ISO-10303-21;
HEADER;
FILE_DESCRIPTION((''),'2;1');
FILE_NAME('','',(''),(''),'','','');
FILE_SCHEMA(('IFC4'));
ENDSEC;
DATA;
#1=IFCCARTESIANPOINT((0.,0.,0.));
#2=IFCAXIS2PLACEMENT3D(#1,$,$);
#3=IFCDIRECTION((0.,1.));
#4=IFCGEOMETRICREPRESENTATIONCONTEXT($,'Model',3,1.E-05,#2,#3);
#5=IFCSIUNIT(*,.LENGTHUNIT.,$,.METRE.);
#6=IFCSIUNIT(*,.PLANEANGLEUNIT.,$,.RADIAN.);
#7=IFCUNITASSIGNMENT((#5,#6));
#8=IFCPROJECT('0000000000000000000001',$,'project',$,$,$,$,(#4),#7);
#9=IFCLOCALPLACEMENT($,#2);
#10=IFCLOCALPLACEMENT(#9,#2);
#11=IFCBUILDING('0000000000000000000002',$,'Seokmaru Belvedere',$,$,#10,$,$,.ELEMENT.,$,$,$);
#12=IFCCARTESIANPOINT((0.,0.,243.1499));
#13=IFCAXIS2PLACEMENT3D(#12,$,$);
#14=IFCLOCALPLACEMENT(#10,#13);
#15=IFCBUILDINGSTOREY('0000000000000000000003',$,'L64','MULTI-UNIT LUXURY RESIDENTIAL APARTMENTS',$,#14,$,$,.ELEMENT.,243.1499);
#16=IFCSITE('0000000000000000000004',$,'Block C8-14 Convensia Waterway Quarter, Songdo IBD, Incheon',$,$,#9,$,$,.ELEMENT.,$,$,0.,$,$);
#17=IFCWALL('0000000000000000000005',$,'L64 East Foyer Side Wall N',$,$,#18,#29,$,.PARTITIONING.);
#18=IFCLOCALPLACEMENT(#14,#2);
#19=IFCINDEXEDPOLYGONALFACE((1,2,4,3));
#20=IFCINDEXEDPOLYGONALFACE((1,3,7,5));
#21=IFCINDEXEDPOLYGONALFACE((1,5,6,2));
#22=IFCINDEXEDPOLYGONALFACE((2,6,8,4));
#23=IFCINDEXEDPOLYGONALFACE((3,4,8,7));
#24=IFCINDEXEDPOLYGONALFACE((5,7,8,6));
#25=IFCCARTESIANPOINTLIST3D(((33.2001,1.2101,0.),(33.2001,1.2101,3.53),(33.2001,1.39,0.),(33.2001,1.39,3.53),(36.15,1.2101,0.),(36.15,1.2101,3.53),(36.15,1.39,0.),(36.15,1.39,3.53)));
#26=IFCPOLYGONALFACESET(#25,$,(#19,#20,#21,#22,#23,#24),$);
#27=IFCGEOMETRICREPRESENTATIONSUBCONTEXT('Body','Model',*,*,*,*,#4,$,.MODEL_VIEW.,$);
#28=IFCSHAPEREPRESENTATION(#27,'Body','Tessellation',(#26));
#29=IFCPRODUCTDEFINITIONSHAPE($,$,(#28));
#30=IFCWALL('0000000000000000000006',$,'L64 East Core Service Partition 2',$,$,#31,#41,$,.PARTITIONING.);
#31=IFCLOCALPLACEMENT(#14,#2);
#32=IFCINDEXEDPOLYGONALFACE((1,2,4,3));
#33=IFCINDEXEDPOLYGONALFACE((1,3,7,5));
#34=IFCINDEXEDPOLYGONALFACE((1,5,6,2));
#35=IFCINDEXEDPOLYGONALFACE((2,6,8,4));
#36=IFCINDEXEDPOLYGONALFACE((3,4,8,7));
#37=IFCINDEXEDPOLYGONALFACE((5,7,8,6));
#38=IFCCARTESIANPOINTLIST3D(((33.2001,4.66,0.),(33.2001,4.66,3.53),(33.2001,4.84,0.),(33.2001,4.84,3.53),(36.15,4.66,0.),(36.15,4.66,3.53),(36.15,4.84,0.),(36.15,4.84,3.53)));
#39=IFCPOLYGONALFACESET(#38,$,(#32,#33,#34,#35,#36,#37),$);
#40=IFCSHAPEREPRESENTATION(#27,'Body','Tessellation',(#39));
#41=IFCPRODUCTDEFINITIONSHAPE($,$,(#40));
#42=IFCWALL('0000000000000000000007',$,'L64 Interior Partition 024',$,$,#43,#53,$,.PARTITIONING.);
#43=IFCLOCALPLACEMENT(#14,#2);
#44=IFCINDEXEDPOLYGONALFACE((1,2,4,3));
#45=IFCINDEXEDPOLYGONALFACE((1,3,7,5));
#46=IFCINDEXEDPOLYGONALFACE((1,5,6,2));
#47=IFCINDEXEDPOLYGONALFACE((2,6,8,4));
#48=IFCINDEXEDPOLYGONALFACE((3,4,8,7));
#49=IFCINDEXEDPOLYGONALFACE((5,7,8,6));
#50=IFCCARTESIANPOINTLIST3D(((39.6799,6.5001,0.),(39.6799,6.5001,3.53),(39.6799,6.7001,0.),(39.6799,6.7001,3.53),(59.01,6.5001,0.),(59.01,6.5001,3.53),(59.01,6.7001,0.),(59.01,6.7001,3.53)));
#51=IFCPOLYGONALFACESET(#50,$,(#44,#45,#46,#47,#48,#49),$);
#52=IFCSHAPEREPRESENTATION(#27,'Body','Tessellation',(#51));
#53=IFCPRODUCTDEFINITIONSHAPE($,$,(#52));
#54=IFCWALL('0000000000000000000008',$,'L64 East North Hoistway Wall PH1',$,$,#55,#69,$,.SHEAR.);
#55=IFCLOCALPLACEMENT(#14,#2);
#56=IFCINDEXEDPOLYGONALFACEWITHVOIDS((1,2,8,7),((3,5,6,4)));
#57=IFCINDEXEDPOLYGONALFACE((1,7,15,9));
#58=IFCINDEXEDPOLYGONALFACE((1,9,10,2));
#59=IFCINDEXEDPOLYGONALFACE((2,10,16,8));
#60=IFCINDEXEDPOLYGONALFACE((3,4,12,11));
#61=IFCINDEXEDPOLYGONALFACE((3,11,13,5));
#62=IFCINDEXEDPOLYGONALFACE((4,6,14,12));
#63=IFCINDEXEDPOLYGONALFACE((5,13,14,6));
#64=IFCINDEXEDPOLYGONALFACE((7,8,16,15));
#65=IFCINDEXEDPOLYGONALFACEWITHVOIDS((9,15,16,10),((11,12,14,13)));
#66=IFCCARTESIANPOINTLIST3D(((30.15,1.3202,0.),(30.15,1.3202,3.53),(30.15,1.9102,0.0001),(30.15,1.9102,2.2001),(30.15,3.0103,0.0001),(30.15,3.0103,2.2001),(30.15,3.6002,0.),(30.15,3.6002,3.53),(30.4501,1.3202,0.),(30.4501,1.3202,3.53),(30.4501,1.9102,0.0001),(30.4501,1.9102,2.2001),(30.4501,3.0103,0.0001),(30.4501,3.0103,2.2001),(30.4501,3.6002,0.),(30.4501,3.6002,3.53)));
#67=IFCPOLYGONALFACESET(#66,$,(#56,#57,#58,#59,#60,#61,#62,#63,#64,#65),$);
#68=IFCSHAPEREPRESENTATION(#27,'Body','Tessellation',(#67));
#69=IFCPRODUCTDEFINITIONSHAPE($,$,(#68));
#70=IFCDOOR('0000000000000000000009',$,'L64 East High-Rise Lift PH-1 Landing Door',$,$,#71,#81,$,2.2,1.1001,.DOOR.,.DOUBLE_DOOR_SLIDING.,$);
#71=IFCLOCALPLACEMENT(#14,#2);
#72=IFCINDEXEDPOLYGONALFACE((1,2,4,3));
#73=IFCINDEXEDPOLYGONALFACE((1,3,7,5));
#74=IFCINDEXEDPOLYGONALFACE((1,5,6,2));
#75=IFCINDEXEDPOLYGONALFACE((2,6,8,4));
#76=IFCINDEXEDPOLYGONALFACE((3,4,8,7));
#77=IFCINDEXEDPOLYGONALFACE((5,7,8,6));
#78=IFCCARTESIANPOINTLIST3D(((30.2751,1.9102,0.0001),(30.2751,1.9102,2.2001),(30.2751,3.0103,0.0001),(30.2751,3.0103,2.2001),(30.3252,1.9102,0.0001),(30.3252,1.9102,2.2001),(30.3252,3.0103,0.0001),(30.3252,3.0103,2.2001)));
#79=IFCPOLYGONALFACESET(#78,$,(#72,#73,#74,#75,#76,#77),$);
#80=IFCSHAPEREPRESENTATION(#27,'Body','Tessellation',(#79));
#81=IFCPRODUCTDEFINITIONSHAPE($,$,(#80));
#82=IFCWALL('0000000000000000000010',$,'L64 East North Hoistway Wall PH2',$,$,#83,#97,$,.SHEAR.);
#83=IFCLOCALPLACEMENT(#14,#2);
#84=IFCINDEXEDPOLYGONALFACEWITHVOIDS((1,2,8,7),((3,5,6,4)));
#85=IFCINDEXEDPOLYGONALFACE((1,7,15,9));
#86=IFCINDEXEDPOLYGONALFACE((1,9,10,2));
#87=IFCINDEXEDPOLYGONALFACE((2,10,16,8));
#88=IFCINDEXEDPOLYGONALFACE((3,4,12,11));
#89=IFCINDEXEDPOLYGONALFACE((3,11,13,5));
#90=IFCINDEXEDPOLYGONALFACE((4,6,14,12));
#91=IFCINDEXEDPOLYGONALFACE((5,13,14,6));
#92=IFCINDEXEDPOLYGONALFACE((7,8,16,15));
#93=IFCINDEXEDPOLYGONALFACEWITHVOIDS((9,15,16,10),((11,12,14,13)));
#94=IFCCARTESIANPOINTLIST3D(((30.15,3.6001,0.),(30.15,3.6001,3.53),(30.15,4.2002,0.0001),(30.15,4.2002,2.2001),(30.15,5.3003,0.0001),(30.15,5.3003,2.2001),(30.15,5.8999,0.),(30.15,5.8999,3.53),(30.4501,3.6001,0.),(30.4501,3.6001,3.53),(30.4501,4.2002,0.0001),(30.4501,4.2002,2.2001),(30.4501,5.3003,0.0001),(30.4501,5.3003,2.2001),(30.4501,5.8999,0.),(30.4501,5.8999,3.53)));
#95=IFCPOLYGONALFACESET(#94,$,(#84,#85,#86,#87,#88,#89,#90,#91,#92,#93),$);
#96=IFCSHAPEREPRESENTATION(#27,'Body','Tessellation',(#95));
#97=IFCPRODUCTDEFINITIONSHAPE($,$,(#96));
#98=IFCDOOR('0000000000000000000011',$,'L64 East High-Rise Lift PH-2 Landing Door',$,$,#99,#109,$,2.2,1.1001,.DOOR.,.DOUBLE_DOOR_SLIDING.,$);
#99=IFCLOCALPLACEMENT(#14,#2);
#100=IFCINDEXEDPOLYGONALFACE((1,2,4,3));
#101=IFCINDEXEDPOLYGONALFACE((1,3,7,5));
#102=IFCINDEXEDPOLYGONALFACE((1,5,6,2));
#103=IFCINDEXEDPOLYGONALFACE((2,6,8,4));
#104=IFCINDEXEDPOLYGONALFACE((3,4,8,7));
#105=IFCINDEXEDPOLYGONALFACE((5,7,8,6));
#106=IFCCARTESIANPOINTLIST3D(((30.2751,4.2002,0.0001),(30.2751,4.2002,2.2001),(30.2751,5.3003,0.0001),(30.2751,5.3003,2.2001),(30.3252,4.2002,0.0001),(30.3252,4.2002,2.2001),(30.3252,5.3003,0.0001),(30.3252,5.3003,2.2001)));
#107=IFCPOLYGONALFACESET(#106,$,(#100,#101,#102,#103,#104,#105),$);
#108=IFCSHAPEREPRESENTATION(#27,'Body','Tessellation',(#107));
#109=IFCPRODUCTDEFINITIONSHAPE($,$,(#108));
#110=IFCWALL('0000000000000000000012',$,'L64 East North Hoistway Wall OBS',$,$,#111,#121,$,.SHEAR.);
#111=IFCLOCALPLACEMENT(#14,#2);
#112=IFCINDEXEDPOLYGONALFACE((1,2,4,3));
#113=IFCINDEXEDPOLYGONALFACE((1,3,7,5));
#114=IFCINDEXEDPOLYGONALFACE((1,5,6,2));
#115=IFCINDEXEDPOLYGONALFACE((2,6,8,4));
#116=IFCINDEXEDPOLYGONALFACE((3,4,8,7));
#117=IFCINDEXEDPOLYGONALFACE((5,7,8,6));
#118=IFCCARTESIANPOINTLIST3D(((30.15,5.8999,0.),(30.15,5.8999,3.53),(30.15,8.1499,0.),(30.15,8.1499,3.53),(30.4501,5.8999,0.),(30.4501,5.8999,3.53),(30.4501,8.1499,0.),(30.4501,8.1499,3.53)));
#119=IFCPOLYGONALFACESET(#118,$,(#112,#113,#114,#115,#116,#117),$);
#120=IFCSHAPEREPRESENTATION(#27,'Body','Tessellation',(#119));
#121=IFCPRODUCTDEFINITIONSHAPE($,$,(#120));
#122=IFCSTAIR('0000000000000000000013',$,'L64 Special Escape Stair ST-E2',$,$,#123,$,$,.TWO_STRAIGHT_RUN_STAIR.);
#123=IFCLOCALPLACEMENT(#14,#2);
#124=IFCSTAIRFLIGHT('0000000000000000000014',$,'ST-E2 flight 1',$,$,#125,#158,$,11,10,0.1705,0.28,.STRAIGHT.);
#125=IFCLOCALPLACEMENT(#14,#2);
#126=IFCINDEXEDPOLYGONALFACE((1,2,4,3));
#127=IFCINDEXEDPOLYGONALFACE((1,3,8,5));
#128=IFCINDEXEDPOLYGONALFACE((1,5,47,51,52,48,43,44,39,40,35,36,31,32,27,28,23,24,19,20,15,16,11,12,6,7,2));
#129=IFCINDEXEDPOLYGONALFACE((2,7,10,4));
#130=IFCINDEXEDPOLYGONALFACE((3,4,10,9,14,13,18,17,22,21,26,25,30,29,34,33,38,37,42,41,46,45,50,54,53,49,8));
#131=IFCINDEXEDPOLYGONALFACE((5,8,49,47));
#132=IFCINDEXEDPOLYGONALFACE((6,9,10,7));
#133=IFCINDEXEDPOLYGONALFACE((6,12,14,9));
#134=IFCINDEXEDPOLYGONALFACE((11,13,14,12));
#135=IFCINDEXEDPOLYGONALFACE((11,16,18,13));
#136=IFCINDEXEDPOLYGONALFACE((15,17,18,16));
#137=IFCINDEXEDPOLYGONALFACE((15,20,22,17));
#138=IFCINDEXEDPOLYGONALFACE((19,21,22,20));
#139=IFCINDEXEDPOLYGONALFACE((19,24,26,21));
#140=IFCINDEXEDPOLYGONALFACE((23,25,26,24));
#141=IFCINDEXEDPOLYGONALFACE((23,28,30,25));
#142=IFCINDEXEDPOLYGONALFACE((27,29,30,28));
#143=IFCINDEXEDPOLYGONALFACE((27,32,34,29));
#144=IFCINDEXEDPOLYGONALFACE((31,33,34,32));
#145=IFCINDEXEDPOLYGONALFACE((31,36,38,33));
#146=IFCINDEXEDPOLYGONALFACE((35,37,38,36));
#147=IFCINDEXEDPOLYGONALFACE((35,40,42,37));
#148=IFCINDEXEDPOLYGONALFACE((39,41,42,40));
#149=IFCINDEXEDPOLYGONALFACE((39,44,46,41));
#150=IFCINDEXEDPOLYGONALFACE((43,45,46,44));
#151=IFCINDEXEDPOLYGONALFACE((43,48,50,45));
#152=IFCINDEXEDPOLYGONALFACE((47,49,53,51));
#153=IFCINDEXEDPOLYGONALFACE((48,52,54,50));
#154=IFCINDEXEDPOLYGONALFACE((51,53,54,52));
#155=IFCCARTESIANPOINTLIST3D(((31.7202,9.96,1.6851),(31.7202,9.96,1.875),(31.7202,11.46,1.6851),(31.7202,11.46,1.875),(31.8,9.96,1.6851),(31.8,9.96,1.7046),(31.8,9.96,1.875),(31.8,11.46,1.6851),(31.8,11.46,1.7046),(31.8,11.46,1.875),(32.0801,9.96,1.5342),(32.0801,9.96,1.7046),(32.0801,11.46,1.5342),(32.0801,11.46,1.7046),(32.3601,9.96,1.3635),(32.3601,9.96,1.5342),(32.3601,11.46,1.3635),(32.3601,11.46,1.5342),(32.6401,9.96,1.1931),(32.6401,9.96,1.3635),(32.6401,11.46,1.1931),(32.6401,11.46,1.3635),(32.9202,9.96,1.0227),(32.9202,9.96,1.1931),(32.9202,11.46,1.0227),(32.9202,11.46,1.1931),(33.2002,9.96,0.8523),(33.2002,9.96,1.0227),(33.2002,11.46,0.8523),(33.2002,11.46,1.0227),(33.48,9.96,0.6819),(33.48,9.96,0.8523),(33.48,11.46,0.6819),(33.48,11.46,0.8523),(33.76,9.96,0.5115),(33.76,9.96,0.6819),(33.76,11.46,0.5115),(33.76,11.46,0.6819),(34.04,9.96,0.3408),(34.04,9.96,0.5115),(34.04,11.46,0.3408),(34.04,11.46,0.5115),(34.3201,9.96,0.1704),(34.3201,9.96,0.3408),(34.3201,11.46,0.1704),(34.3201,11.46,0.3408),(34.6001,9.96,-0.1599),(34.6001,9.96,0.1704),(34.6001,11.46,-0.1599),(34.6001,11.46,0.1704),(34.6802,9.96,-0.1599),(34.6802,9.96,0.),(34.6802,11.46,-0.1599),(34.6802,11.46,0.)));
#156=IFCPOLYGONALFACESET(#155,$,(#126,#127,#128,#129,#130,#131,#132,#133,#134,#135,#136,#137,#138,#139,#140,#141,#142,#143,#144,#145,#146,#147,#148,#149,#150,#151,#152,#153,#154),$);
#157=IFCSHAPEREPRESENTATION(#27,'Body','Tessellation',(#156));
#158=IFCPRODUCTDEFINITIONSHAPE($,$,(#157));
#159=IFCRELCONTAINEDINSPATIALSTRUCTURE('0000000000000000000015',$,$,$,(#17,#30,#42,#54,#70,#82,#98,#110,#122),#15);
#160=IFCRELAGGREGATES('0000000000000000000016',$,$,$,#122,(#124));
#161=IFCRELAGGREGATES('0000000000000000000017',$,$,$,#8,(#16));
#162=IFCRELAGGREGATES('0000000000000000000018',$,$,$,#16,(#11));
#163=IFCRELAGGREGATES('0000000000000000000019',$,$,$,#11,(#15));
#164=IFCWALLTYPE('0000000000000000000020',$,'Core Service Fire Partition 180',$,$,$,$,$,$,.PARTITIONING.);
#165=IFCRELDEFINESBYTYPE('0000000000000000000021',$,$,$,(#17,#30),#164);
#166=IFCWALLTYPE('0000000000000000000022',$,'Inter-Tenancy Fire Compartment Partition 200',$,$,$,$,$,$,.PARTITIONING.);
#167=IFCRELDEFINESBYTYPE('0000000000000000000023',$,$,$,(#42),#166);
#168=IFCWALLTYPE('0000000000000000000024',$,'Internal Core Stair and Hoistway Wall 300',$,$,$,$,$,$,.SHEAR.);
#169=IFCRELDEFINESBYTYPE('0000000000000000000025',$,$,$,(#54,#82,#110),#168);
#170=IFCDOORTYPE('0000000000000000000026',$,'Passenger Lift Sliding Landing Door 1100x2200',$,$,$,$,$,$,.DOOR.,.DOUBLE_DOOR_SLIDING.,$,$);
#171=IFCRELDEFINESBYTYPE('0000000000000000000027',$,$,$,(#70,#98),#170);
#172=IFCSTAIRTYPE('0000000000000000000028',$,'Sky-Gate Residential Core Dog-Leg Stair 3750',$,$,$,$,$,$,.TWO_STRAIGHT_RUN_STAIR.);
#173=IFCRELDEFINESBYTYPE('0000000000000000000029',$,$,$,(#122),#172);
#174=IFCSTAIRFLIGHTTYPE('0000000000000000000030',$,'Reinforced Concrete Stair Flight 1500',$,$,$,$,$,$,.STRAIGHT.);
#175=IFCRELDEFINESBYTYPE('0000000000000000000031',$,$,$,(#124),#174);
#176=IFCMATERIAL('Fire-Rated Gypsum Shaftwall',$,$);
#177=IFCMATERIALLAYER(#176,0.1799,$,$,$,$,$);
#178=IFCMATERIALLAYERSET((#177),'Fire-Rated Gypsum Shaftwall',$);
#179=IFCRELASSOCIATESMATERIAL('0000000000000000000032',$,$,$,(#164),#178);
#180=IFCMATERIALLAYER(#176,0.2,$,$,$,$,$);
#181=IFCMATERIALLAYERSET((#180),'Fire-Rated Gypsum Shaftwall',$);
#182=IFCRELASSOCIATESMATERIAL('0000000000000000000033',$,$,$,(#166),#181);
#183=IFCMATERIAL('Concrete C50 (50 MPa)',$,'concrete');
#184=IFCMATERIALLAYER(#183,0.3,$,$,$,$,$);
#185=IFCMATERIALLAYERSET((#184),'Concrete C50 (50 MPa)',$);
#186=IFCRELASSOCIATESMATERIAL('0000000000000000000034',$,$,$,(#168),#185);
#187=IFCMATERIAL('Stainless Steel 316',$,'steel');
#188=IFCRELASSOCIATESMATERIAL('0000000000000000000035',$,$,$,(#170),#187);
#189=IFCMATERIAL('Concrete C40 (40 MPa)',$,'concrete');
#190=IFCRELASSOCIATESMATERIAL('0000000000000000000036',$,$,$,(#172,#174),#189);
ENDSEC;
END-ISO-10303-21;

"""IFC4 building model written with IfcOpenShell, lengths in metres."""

from ifc_helpers import new_model, si_unit, direction, frame, frame_2d, origin, place, context, subcontext, project, spatial, polyline, rectangle, outline, extrude, source, transform, mapped, material, layer, layer_set, type_object, type_shapes, element, fill, aggregate, save


model = new_model("IFC4")

# Units and contexts
model_context = context("Model", 3, precision=1e-05, world=origin(), true_north=direction((0.0, 1.0)))
body_context = subcontext(model_context, "Body", "Model", "MODEL_VIEW")
ifc_project = project(units=[si_unit("LENGTHUNIT", "METRE"), si_unit("PLANEANGLEUNIT", "RADIAN")], contexts=[model_context])

# Site, building, storey
site_placement = place(None, origin())
site = spatial("IfcSite", under=ifc_project, at=site_placement, Name="Block C8-14 Convensia Waterway Quarter, Songdo IBD, Incheon", CompositionType="ELEMENT", RefElevation=0.0)
building_placement = place(site_placement, origin())
building = spatial("IfcBuilding", under=site, at=building_placement, Name="Seokmaru Belvedere", CompositionType="ELEMENT")
storey_placement = place(building_placement, frame((0.0, 0.0, 243.1499)))
storey = spatial("IfcBuildingStorey", under=building, at=storey_placement, Name="L64", Description="MULTI-UNIT LUXURY RESIDENTIAL APARTMENTS", CompositionType="ELEMENT", Elevation=243.1499)

# Shared definitions
ifc_material_1 = material(Name="Fire-Rated Gypsum Shaftwall")

# Shared definitions
ifc_layer_1 = layer(ifc_material_1, 0.1799)
ifc_layer_set_1 = layer_set([ifc_layer_1], Name="Fire-Rated Gypsum Shaftwall")
wall_type_1 = type_object("IfcWallType", Name="Core Service Fire Partition 180", PredefinedType="PARTITIONING", material=ifc_layer_set_1)

# Walls
for number, where, z_axis, x_axis, name in (
    (1, (33.2, 1.3, 0.0), (0.0, 0.0, 1.0), (1.0, 0.0, 0.0), "L64 East Foyer Side Wall N"),
    (2, (33.2, 4.75, 0.0), (0.0, 0.0, 1.0), (1.0, 0.0, 0.0), "L64 East Core Service Partition 2"),
):
    element("IfcWall", number, at=place(storey_placement, frame(where, z_axis=z_axis, x_axis=x_axis)), inside=storey, type_object=wall_type_1, Name=name, PredefinedType="PARTITIONING", context=body_context, shape_type="SweptSolid", body=[
        extrude(rectangle(XDim=2.95, YDim=0.1799, at=frame_2d((1.4751, 0.0))), origin(), (0.0, 0.0, 1.0), 3.53),
    ])
ifc_layer_2 = layer(ifc_material_1, 0.2)
ifc_layer_set_2 = layer_set([ifc_layer_2], Name="Fire-Rated Gypsum Shaftwall")
wall_type_2 = type_object("IfcWallType", Name="Inter-Tenancy Fire Compartment Partition 200", PredefinedType="PARTITIONING", material=ifc_layer_set_2)
wall_1_placement = place(storey_placement, frame((39.6799, 6.6001, 0.0), z_axis=(0.0, 0.0, 1.0), x_axis=(1.0, 0.0, 0.0)))
element("IfcWall", 3, at=wall_1_placement, inside=storey, type_object=wall_type_2, Name="L64 Interior Partition 024", PredefinedType="PARTITIONING", context=body_context, shape_type="SweptSolid", body=[
    extrude(rectangle(XDim=19.3301, YDim=0.2, at=frame_2d((9.665, 0.0))), origin(), (0.0, 0.0, 1.0), 3.53),
])

# Walls, openings, doors
ifc_material_2 = material(Name="Concrete C50 (50 MPa)", Category="concrete")
ifc_layer_3 = layer(ifc_material_2, 0.3)
ifc_layer_set_3 = layer_set([ifc_layer_3], Name="Concrete C50 (50 MPa)")
wall_type_3 = type_object("IfcWallType", Name="Internal Core Stair and Hoistway Wall 300", PredefinedType="SHEAR", material=ifc_layer_set_3)
wall_2_placement = place(storey_placement, frame((30.3, 1.3201, 0.0), z_axis=(0.0, 0.0, 1.0), x_axis=(0.0, 1.0, 0.0)))
wall_2 = element("IfcWall", 4, at=wall_2_placement, inside=storey, type_object=wall_type_3, Name="L64 East North Hoistway Wall PH1", PredefinedType="SHEAR", context=body_context, shape_type="SweptSolid", body=[
    extrude(rectangle(XDim=2.28, YDim=0.3, at=frame_2d((1.1401, 0.0))), origin(), (0.0, 0.0, 1.0), 3.53),
])
opening_1_placement = place(wall_2_placement, frame((0.5901, 0.0, 0.0)))
opening_1 = element("IfcOpeningElement", 5, at=opening_1_placement, cuts=wall_2, PredefinedType="OPENING", context=body_context, shape_type="SweptSolid", body=[
    extrude(rectangle(XDim=1.1001, YDim=2.2, at=frame_2d((0.55, 1.1001))), frame((0.0, 0.1602, 0.0), z_axis=(0.0, -1.0, 0.0), x_axis=(1.0, 0.0, 0.0)), (0.0, 0.0, 1.0), 0.3201),
])
ifc_material_3 = material(Name="Stainless Steel 316", Category="steel")
door_type_1 = type_object("IfcDoorType", Name="Passenger Lift Sliding Landing Door 1100x2200", OperationType="DOUBLE_DOOR_SLIDING", PredefinedType="DOOR", material=ifc_material_3)
shared_shape_1 = source(origin(), body_context, "Body", "SweptSolid", [
    extrude(rectangle(XDim=1.1001, YDim=2.2, at=frame_2d((0.55, 1.1001))), frame((0.0, 0.0249, 0.0), z_axis=(0.0, -1.0, 0.0), x_axis=(1.0, 0.0, 0.0)), (0.0, 0.0, 1.0), 0.05),
])
type_shapes(door_type_1, [shared_shape_1])
door_1_placement = place(opening_1_placement, origin())
door_1 = element("IfcDoor", 6, at=door_1_placement, inside=storey, type_object=door_type_1, Name="L64 East High-Rise Lift PH-1 Landing Door", OperationType="DOUBLE_DOOR_SLIDING", OverallHeight=2.2, OverallWidth=1.1001, PredefinedType="DOOR", context=body_context, shape_type="MappedRepresentation", body=[
    mapped(shared_shape_1, transform((0.0, 0.0, 0.0), scale=1.0)),
])
fill(opening_1, door_1)
wall_3_placement = place(storey_placement, frame((30.3, 3.6001, 0.0), z_axis=(0.0, 0.0, 1.0), x_axis=(0.0, 1.0, 0.0)))
wall_3 = element("IfcWall", 7, at=wall_3_placement, inside=storey, type_object=wall_type_3, Name="L64 East North Hoistway Wall PH2", PredefinedType="SHEAR", context=body_context, shape_type="SweptSolid", body=[
    extrude(rectangle(XDim=2.2998, YDim=0.3, at=frame_2d((1.1499, 0.0))), origin(), (0.0, 0.0, 1.0), 3.53),
])
opening_2_placement = place(wall_3_placement, frame((0.6001, 0.0, 0.0)))
opening_2 = element("IfcOpeningElement", 8, at=opening_2_placement, cuts=wall_3, PredefinedType="OPENING", context=body_context, shape_type="SweptSolid", body=[
    extrude(rectangle(XDim=1.1001, YDim=2.2, at=frame_2d((0.55, 1.1001))), frame((0.0, 0.1602, 0.0), z_axis=(0.0, -1.0, 0.0), x_axis=(1.0, 0.0, 0.0)), (0.0, 0.0, 1.0), 0.3201),
])
door_2_placement = place(opening_2_placement, origin())
door_2 = element("IfcDoor", 9, at=door_2_placement, inside=storey, type_object=door_type_1, Name="L64 East High-Rise Lift PH-2 Landing Door", OperationType="DOUBLE_DOOR_SLIDING", OverallHeight=2.2, OverallWidth=1.1001, PredefinedType="DOOR", context=body_context, shape_type="MappedRepresentation", body=[
    mapped(shared_shape_1, transform((0.0, 0.0, 0.0), scale=1.0)),
])
fill(opening_2, door_2)

# Wall
wall_4_placement = place(storey_placement, frame((30.3, 5.8999, 0.0), z_axis=(0.0, 0.0, 1.0), x_axis=(0.0, 1.0, 0.0)))
element("IfcWall", 10, at=wall_4_placement, inside=storey, type_object=wall_type_3, Name="L64 East North Hoistway Wall OBS", PredefinedType="SHEAR", context=body_context, shape_type="SweptSolid", body=[
    extrude(rectangle(XDim=2.25, YDim=0.3, at=frame_2d((1.125, 0.0))), origin(), (0.0, 0.0, 1.0), 3.53),
])

# Stair, stair flight
ifc_material_4 = material(Name="Concrete C40 (40 MPa)", Category="concrete")
stair_type = type_object("IfcStairType", Name="Sky-Gate Residential Core Dog-Leg Stair 3750", PredefinedType="TWO_STRAIGHT_RUN_STAIR", material=ifc_material_4)
stair_placement = place(storey_placement, origin())
stair = element("IfcStair", 11, at=stair_placement, inside=storey, type_object=stair_type, Name="L64 Special Escape Stair ST-E2", PredefinedType="TWO_STRAIGHT_RUN_STAIR")
stair_flight_type = type_object("IfcStairFlightType", Name="Reinforced Concrete Stair Flight 1500", PredefinedType="STRAIGHT", material=ifc_material_4)
stair_flight_placement = place(storey_placement, frame((34.6001, 10.71, 0.0), z_axis=(0.0, 0.0, 1.0), x_axis=(-1.0, 0.0, 0.0)))
stair_flight = element("IfcStairFlight", 12, at=stair_flight_placement, type_object=stair_flight_type, Name="ST-E2 flight 1", NumberOfRisers=11, NumberOfTreads=10, PredefinedType="STRAIGHT", RiserHeight=0.1705, TreadLength=0.28, context=body_context, shape_type="SweptSolid", body=[
    extrude(outline(polyline([(-0.0801, 0.0), (0.0, 0.1704), (0.28, 0.1704), (0.28, 0.3408), (0.5601, 0.3408), (0.5601, 0.5115), (0.8401, 0.5115), (0.8401, 0.6819), (1.1201, 0.6819), (1.1201, 0.8523), (1.3999, 0.8523), (1.3999, 1.0227), (1.6799, 1.0227), (1.6799, 1.1931), (1.96, 1.1931), (1.96, 1.3635), (2.24, 1.3635), (2.24, 1.5342), (2.52, 1.5342), (2.52, 1.7046), (2.8, 1.7046), (2.8, 1.875), (2.8799, 1.875), (2.8799, 1.6851), (2.8, 1.6851), (0.0, -0.1599), (-0.0801, -0.1599), (-0.0801, 0.0)])), frame((0.0, 0.75, 0.0), z_axis=(0.0, -1.0, 0.0), x_axis=(1.0, 0.0, 0.0)), (0.0, 0.0, 1.0), 1.5),
])
aggregate(stair, [stair_flight])

save(model, "model.ifc")
